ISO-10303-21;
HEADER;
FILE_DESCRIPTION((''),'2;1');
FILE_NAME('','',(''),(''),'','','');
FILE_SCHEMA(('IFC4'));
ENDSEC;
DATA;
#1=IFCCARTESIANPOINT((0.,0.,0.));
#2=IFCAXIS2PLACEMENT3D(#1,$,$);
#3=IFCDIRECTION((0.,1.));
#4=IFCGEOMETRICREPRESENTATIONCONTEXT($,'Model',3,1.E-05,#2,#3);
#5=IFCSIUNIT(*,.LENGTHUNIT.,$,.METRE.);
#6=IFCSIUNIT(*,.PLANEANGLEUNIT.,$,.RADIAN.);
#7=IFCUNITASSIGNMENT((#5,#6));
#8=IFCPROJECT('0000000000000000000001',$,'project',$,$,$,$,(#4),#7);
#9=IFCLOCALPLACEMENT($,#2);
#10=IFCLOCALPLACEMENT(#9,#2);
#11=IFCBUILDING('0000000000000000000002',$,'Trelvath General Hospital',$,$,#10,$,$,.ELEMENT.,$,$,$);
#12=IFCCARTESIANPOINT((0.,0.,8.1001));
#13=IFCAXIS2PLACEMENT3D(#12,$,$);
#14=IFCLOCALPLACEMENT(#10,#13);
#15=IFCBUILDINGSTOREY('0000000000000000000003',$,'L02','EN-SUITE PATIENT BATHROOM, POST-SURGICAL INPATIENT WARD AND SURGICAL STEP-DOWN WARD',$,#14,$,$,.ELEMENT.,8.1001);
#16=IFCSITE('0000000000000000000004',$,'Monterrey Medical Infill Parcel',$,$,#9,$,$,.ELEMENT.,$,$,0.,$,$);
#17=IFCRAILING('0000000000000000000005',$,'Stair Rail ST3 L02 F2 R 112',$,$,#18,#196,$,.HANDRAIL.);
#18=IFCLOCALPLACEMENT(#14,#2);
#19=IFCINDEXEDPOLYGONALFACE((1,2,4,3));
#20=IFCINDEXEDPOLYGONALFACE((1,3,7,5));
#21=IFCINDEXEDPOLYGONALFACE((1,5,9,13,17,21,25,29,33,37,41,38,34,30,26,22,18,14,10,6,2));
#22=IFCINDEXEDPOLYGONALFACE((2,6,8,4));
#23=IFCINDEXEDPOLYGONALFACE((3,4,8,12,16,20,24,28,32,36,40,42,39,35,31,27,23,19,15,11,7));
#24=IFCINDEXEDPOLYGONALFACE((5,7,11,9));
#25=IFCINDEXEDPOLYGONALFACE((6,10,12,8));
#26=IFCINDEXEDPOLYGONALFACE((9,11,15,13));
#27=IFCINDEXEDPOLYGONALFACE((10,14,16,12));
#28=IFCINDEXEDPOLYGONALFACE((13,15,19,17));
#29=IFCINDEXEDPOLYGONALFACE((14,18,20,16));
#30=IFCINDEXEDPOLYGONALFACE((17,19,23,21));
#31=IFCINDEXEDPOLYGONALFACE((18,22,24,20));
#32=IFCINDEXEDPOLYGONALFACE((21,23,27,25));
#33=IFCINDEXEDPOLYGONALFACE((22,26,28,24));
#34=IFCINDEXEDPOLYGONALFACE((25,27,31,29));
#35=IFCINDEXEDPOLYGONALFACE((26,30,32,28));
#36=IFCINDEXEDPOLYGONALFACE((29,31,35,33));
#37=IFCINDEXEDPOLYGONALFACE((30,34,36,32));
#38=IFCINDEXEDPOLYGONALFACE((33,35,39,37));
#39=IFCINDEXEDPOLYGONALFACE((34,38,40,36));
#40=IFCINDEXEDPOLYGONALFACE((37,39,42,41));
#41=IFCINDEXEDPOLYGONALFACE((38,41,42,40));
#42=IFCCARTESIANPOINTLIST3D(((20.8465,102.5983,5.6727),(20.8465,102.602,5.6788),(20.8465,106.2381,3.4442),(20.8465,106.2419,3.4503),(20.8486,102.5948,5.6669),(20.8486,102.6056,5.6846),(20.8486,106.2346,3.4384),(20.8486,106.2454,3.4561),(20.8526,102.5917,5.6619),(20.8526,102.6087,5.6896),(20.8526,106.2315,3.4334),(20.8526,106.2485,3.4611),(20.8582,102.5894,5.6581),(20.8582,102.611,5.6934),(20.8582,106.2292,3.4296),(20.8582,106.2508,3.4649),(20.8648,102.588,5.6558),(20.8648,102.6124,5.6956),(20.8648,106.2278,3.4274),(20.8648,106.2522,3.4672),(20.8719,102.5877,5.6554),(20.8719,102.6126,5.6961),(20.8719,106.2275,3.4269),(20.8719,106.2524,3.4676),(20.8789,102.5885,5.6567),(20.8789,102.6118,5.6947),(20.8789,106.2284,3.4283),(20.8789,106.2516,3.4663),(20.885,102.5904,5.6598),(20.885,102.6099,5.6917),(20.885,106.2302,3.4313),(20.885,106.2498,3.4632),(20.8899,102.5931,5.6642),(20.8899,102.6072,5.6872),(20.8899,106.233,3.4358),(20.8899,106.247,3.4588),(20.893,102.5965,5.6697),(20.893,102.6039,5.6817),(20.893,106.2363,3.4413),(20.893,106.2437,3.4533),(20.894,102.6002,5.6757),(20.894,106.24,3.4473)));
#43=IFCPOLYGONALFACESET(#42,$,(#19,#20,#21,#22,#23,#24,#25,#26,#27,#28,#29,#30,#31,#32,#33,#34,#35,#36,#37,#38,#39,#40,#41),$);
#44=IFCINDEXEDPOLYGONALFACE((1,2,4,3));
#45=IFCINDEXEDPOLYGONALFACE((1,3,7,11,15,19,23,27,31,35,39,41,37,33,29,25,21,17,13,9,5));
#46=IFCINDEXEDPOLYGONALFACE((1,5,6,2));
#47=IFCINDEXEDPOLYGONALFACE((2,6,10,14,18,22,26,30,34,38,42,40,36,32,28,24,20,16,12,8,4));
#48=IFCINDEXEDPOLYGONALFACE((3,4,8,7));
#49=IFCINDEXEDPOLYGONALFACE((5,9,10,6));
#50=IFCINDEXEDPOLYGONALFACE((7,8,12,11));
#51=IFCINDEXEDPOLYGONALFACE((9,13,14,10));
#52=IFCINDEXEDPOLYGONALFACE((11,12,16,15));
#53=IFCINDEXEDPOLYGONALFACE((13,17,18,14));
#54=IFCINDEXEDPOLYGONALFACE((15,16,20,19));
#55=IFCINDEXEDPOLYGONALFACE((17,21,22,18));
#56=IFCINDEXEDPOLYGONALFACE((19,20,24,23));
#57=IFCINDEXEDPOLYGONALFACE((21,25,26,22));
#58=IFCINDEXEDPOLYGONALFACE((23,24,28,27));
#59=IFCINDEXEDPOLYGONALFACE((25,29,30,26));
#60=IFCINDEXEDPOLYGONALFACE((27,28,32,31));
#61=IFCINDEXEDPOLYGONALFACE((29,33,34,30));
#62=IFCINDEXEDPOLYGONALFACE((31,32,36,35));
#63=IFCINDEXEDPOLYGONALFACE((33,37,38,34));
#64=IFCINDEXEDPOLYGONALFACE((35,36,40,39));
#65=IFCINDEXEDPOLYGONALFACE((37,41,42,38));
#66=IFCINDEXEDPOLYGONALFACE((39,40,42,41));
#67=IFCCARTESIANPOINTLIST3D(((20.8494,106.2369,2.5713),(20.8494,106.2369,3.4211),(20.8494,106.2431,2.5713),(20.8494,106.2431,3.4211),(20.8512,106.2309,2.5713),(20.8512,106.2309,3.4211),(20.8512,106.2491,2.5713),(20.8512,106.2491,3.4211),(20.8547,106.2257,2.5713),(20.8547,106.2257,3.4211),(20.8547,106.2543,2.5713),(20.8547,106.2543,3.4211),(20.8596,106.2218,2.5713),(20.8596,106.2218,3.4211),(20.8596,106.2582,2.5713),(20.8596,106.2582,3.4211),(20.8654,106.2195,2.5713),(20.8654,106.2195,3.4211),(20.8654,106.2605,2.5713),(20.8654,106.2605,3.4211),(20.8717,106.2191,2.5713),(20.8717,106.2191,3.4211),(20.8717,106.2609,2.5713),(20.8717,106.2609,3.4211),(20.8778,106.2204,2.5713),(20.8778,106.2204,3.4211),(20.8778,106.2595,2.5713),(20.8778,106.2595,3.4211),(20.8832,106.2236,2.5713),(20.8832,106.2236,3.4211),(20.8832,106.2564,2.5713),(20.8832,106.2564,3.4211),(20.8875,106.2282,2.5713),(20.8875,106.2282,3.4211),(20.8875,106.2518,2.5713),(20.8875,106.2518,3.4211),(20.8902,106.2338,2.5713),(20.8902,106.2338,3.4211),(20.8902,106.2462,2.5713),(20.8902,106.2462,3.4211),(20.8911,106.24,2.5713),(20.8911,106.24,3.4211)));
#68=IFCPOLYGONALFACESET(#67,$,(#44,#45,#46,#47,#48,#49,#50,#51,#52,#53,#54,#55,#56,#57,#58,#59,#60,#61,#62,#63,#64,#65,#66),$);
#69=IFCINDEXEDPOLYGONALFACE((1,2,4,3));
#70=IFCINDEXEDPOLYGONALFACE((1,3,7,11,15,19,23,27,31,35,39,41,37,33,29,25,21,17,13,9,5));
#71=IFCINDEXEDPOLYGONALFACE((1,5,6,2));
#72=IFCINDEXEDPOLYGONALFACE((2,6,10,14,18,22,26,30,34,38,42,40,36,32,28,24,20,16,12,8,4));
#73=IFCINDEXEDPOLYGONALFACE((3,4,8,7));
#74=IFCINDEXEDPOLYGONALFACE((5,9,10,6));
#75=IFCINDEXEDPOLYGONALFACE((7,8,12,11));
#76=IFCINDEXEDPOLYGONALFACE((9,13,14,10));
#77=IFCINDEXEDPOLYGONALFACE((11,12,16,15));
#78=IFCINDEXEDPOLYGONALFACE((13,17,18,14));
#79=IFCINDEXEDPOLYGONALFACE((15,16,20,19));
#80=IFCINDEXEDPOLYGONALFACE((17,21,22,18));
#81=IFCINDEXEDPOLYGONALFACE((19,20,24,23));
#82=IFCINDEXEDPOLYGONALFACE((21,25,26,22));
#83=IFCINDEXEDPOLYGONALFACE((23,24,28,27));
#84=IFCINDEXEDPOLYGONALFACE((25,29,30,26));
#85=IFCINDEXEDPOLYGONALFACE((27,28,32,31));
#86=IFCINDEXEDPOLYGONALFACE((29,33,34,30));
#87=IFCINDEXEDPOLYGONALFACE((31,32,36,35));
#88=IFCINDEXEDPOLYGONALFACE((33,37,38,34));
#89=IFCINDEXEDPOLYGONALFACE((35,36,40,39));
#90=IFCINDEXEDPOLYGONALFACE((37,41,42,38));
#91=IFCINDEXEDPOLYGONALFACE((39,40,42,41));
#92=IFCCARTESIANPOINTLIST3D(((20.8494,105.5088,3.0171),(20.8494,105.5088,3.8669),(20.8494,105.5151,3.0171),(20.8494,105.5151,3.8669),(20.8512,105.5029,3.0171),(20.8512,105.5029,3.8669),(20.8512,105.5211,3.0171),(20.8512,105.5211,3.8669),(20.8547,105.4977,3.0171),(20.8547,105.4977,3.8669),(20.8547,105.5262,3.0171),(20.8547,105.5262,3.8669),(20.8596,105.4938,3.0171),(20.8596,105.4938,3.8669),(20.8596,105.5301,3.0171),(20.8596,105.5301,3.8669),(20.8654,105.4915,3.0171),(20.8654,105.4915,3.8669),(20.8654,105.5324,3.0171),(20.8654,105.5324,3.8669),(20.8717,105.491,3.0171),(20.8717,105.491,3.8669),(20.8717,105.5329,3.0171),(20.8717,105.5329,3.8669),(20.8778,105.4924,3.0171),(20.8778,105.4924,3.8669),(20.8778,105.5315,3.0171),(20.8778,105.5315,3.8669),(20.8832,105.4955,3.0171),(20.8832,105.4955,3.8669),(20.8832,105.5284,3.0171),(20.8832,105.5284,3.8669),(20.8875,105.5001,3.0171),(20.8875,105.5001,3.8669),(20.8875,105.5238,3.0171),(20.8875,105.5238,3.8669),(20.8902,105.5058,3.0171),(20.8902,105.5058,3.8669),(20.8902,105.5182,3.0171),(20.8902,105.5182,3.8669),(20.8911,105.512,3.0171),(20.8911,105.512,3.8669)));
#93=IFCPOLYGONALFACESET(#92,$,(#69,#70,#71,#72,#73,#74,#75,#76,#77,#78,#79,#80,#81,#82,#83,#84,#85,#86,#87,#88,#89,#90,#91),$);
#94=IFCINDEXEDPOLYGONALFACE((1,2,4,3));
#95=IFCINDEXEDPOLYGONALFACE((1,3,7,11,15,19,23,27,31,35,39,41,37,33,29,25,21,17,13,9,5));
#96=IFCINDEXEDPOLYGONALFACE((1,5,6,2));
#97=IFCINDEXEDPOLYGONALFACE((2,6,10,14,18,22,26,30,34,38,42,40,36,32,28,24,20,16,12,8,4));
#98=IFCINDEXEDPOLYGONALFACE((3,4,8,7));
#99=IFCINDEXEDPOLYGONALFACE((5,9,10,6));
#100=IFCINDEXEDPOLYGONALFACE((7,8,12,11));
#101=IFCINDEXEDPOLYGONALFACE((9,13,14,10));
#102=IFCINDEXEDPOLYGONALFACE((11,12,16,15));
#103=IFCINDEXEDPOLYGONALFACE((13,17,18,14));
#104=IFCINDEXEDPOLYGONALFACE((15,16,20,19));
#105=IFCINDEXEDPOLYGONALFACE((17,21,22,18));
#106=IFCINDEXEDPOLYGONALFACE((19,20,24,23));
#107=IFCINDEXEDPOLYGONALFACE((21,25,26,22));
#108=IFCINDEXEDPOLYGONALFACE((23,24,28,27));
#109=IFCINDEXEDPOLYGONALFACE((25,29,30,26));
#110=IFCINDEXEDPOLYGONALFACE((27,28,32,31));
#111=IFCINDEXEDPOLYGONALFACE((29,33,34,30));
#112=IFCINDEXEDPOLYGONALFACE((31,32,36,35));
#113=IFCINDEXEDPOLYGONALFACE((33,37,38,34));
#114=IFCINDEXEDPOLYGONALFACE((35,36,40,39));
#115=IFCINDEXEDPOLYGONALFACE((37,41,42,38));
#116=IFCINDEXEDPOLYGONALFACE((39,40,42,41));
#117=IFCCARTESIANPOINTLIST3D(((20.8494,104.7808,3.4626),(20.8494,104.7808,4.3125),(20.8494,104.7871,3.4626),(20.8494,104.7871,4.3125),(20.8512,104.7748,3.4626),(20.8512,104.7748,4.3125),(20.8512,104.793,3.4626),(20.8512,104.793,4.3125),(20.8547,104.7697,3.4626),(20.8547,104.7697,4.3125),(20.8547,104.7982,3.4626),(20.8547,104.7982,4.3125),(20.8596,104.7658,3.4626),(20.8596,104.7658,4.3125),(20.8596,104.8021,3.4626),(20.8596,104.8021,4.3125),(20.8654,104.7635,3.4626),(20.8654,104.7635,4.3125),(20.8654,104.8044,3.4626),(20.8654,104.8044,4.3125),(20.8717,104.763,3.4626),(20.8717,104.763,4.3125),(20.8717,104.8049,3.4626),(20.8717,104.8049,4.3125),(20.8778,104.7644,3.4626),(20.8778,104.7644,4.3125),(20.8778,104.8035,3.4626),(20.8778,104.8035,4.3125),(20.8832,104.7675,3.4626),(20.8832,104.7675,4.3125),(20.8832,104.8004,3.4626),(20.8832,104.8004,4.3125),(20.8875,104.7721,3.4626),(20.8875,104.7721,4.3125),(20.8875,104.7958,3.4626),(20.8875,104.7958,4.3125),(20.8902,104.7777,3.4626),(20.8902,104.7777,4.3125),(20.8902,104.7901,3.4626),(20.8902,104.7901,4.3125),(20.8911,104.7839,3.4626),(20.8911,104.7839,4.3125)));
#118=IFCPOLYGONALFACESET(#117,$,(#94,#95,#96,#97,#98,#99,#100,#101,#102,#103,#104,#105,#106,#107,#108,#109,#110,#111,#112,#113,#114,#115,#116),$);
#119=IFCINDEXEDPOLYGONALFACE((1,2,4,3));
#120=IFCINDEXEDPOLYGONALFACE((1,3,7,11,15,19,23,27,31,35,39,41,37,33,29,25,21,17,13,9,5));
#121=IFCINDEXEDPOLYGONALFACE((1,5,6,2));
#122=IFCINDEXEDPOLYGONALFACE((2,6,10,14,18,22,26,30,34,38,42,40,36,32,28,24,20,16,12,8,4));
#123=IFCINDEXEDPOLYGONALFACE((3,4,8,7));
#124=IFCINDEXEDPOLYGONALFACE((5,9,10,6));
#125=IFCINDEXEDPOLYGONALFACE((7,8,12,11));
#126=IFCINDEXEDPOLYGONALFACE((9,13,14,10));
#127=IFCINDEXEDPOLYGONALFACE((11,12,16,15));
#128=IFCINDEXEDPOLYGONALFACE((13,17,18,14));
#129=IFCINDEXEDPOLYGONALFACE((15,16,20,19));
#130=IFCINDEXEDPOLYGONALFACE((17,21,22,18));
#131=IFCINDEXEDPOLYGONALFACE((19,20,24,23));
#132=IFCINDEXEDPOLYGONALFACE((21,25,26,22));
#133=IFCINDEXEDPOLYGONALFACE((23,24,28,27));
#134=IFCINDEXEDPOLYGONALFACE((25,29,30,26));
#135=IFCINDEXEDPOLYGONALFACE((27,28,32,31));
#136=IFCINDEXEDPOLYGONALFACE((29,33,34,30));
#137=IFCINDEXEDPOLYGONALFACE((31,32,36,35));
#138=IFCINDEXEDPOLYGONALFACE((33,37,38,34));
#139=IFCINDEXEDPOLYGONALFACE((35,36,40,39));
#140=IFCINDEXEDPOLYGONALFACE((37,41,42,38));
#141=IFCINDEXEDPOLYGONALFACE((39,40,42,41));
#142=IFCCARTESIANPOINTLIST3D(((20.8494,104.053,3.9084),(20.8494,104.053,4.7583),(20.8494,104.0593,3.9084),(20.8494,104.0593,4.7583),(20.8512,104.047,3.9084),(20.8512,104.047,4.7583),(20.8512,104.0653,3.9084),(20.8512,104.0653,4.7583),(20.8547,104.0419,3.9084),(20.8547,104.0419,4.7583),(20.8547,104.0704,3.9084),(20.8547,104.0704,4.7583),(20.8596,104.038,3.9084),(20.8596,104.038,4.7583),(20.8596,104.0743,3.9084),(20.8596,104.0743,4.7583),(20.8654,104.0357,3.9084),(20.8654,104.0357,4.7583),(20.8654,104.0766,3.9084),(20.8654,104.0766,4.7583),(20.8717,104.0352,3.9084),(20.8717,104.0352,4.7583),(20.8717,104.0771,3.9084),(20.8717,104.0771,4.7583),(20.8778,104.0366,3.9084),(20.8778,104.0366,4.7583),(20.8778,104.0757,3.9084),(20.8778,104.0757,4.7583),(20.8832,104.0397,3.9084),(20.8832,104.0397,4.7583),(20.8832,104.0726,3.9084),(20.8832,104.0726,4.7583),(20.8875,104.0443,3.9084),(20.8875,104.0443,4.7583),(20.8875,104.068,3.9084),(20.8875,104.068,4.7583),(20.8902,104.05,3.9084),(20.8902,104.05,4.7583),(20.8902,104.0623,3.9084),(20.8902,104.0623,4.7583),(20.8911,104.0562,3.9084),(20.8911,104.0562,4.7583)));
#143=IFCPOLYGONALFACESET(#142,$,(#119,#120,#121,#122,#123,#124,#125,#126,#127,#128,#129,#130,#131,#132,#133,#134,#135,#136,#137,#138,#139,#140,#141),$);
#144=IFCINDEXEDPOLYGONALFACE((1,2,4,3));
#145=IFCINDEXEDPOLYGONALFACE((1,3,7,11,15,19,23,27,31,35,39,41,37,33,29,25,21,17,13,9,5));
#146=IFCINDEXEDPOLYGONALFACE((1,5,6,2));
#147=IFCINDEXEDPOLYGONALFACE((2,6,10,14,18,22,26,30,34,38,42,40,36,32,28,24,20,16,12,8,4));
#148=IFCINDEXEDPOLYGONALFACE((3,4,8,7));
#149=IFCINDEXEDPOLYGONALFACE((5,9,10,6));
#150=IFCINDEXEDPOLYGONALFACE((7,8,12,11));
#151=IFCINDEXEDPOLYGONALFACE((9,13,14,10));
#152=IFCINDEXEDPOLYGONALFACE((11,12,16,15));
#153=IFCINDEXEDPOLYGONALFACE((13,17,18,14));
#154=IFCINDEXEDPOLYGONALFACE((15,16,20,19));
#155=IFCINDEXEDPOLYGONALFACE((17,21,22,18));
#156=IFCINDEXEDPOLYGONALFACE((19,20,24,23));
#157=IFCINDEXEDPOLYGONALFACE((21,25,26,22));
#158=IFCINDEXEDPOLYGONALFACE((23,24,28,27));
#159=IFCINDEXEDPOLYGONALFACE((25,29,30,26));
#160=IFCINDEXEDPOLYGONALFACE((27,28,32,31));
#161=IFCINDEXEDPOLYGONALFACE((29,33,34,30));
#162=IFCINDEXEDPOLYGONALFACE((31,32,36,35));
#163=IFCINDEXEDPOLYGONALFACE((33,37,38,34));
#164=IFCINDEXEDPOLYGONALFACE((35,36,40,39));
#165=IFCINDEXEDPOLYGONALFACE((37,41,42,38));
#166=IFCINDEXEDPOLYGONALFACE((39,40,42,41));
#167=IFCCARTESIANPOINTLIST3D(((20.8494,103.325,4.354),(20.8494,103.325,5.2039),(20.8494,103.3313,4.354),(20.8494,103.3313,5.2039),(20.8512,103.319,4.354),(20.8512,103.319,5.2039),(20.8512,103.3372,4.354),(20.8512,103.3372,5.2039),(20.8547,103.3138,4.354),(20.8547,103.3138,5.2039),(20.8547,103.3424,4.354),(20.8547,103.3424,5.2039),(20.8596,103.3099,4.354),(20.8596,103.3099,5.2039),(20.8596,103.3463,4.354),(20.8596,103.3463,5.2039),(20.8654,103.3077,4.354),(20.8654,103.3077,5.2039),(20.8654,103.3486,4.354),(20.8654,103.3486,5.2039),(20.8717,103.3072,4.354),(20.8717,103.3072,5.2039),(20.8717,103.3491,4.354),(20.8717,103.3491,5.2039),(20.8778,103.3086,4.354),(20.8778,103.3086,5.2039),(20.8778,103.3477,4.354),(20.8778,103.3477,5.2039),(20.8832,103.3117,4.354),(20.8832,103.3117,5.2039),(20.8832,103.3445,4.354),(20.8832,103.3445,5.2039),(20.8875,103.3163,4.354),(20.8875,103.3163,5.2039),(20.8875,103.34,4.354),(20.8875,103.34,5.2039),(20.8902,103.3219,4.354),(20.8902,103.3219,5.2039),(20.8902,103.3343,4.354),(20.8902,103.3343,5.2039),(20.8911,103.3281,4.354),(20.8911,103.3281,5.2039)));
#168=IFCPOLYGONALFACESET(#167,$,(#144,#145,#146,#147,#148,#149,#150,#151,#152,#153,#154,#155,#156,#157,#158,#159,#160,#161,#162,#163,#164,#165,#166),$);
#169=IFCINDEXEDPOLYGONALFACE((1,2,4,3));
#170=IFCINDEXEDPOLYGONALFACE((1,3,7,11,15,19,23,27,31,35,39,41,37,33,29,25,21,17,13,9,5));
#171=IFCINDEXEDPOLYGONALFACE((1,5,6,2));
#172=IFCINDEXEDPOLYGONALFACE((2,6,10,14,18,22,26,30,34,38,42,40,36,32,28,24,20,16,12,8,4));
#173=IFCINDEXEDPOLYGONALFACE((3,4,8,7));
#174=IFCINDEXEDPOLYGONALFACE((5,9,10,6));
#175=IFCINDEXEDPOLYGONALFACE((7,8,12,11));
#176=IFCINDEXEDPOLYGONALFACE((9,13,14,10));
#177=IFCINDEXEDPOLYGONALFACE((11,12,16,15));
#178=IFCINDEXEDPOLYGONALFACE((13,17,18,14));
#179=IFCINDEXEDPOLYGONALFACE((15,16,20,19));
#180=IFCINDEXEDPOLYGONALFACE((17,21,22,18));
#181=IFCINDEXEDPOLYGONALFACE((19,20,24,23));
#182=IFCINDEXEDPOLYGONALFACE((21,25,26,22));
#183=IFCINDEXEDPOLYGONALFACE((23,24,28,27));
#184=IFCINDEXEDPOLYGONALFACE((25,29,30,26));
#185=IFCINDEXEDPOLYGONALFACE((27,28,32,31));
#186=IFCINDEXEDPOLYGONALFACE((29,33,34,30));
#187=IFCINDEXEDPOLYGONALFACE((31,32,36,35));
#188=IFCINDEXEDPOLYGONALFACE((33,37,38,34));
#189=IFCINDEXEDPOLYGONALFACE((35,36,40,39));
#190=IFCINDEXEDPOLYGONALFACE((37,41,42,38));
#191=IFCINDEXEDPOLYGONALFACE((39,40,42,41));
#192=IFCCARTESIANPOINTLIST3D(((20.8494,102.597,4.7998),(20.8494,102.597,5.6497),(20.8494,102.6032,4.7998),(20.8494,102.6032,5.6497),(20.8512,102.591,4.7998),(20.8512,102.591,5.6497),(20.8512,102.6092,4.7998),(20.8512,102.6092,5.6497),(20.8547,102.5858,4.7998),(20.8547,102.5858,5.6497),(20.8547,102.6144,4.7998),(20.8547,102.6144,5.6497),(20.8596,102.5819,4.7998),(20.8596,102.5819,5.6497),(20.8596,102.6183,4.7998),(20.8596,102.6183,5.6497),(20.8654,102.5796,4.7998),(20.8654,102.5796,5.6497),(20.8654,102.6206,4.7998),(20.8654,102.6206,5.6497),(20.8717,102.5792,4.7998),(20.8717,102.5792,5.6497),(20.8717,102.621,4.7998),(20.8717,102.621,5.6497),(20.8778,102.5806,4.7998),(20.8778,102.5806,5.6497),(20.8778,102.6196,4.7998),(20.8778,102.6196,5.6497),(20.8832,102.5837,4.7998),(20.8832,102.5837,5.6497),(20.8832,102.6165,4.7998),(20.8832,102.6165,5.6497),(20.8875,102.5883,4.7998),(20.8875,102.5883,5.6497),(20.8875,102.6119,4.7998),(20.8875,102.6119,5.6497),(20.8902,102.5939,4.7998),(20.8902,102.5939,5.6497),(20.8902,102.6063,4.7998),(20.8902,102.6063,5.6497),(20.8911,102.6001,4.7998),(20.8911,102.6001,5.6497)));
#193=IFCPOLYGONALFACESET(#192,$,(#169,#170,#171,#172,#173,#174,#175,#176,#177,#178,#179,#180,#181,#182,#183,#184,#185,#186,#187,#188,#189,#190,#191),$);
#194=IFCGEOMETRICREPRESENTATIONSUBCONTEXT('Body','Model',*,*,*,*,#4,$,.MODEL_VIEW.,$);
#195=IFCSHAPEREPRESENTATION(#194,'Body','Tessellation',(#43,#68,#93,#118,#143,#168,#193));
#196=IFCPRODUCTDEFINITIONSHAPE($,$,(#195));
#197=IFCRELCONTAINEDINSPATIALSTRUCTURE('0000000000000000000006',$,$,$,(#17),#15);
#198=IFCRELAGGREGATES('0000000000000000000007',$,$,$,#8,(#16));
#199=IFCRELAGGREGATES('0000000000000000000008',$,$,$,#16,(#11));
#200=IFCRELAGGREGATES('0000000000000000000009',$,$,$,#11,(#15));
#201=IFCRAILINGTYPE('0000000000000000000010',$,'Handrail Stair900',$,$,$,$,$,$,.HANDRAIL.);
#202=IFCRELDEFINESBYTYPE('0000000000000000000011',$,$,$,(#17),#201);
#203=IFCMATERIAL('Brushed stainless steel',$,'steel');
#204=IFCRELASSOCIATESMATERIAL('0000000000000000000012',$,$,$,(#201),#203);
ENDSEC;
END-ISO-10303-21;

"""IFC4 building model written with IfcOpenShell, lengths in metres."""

from ifc_helpers import new_model, si_unit, direction, frame, origin, origin_2d, place, context, subcontext, project, spatial, circle, extrude, material, type_object, element, save


model = new_model("IFC4")

# Units and contexts
model_context = context("Model", 3, precision=1e-05, world=origin(), true_north=direction((0.0, 1.0)))
body_context = subcontext(model_context, "Body", "Model", "MODEL_VIEW")
ifc_project = project(units=[si_unit("LENGTHUNIT", "METRE"), si_unit("PLANEANGLEUNIT", "RADIAN")], contexts=[model_context])

# Site, building, storey
site_placement = place(None, origin())
site = spatial("IfcSite", under=ifc_project, at=site_placement, Name="Monterrey Medical Infill Parcel", CompositionType="ELEMENT", RefElevation=0.0)
building_placement = place(site_placement, origin())
building = spatial("IfcBuilding", under=site, at=building_placement, Name="Trelvath General Hospital", CompositionType="ELEMENT")
storey_placement = place(building_placement, frame((0.0, 0.0, 8.1001)))
storey = spatial("IfcBuildingStorey", under=building, at=storey_placement, Name="L02", Description="EN-SUITE PATIENT BATHROOM, POST-SURGICAL INPATIENT WARD AND SURGICAL STEP-DOWN WARD", CompositionType="ELEMENT", Elevation=8.1001)

# Railing
ifc_material_1 = material(Name="Brushed stainless steel", Category="steel")
railing_type_1 = type_object("IfcRailingType", Name="Handrail Stair900", PredefinedType="HANDRAIL", material=ifc_material_1)
railing_1_placement = place(storey_placement, frame((20.8701, 106.24, 2.5713)))
element("IfcRailing", 1, at=railing_1_placement, inside=storey, type_object=railing_type_1, Name="Stair Rail ST3 L02 F2 R 112", PredefinedType="HANDRAIL", context=body_context, shape_type="SweptSolid", body=[
    extrude(circle(Radius=0.0239, at=origin_2d()), frame((0.0, 0.0, 0.876), z_axis=(0.0, -0.85285, 0.522156), x_axis=(1.0, 0.0, 0.0)), (0.0, 0.0, 1.0), 4.2678),
    extrude(circle(Radius=0.021, at=origin_2d()), origin(), (0.0, 0.0, 1.0), 0.8499),
    extrude(circle(Radius=0.021, at=origin_2d()), frame((0.0, -0.728, 0.4458)), (0.0, 0.0, 1.0), 0.8499),
    extrude(circle(Radius=0.021, at=origin_2d()), frame((0.0, -1.4561, 0.8914)), (0.0, 0.0, 1.0), 0.8499),
    extrude(circle(Radius=0.021, at=origin_2d()), frame((0.0, -2.1838, 1.3372)), (0.0, 0.0, 1.0), 0.8499),
    extrude(circle(Radius=0.021, at=origin_2d()), frame((0.0, -2.9119, 1.7827)), (0.0, 0.0, 1.0), 0.8499),
    extrude(circle(Radius=0.021, at=origin_2d()), frame((0.0, -3.6399, 2.2285)), (0.0, 0.0, 1.0), 0.8499),
])

save(model, "model.ifc")
